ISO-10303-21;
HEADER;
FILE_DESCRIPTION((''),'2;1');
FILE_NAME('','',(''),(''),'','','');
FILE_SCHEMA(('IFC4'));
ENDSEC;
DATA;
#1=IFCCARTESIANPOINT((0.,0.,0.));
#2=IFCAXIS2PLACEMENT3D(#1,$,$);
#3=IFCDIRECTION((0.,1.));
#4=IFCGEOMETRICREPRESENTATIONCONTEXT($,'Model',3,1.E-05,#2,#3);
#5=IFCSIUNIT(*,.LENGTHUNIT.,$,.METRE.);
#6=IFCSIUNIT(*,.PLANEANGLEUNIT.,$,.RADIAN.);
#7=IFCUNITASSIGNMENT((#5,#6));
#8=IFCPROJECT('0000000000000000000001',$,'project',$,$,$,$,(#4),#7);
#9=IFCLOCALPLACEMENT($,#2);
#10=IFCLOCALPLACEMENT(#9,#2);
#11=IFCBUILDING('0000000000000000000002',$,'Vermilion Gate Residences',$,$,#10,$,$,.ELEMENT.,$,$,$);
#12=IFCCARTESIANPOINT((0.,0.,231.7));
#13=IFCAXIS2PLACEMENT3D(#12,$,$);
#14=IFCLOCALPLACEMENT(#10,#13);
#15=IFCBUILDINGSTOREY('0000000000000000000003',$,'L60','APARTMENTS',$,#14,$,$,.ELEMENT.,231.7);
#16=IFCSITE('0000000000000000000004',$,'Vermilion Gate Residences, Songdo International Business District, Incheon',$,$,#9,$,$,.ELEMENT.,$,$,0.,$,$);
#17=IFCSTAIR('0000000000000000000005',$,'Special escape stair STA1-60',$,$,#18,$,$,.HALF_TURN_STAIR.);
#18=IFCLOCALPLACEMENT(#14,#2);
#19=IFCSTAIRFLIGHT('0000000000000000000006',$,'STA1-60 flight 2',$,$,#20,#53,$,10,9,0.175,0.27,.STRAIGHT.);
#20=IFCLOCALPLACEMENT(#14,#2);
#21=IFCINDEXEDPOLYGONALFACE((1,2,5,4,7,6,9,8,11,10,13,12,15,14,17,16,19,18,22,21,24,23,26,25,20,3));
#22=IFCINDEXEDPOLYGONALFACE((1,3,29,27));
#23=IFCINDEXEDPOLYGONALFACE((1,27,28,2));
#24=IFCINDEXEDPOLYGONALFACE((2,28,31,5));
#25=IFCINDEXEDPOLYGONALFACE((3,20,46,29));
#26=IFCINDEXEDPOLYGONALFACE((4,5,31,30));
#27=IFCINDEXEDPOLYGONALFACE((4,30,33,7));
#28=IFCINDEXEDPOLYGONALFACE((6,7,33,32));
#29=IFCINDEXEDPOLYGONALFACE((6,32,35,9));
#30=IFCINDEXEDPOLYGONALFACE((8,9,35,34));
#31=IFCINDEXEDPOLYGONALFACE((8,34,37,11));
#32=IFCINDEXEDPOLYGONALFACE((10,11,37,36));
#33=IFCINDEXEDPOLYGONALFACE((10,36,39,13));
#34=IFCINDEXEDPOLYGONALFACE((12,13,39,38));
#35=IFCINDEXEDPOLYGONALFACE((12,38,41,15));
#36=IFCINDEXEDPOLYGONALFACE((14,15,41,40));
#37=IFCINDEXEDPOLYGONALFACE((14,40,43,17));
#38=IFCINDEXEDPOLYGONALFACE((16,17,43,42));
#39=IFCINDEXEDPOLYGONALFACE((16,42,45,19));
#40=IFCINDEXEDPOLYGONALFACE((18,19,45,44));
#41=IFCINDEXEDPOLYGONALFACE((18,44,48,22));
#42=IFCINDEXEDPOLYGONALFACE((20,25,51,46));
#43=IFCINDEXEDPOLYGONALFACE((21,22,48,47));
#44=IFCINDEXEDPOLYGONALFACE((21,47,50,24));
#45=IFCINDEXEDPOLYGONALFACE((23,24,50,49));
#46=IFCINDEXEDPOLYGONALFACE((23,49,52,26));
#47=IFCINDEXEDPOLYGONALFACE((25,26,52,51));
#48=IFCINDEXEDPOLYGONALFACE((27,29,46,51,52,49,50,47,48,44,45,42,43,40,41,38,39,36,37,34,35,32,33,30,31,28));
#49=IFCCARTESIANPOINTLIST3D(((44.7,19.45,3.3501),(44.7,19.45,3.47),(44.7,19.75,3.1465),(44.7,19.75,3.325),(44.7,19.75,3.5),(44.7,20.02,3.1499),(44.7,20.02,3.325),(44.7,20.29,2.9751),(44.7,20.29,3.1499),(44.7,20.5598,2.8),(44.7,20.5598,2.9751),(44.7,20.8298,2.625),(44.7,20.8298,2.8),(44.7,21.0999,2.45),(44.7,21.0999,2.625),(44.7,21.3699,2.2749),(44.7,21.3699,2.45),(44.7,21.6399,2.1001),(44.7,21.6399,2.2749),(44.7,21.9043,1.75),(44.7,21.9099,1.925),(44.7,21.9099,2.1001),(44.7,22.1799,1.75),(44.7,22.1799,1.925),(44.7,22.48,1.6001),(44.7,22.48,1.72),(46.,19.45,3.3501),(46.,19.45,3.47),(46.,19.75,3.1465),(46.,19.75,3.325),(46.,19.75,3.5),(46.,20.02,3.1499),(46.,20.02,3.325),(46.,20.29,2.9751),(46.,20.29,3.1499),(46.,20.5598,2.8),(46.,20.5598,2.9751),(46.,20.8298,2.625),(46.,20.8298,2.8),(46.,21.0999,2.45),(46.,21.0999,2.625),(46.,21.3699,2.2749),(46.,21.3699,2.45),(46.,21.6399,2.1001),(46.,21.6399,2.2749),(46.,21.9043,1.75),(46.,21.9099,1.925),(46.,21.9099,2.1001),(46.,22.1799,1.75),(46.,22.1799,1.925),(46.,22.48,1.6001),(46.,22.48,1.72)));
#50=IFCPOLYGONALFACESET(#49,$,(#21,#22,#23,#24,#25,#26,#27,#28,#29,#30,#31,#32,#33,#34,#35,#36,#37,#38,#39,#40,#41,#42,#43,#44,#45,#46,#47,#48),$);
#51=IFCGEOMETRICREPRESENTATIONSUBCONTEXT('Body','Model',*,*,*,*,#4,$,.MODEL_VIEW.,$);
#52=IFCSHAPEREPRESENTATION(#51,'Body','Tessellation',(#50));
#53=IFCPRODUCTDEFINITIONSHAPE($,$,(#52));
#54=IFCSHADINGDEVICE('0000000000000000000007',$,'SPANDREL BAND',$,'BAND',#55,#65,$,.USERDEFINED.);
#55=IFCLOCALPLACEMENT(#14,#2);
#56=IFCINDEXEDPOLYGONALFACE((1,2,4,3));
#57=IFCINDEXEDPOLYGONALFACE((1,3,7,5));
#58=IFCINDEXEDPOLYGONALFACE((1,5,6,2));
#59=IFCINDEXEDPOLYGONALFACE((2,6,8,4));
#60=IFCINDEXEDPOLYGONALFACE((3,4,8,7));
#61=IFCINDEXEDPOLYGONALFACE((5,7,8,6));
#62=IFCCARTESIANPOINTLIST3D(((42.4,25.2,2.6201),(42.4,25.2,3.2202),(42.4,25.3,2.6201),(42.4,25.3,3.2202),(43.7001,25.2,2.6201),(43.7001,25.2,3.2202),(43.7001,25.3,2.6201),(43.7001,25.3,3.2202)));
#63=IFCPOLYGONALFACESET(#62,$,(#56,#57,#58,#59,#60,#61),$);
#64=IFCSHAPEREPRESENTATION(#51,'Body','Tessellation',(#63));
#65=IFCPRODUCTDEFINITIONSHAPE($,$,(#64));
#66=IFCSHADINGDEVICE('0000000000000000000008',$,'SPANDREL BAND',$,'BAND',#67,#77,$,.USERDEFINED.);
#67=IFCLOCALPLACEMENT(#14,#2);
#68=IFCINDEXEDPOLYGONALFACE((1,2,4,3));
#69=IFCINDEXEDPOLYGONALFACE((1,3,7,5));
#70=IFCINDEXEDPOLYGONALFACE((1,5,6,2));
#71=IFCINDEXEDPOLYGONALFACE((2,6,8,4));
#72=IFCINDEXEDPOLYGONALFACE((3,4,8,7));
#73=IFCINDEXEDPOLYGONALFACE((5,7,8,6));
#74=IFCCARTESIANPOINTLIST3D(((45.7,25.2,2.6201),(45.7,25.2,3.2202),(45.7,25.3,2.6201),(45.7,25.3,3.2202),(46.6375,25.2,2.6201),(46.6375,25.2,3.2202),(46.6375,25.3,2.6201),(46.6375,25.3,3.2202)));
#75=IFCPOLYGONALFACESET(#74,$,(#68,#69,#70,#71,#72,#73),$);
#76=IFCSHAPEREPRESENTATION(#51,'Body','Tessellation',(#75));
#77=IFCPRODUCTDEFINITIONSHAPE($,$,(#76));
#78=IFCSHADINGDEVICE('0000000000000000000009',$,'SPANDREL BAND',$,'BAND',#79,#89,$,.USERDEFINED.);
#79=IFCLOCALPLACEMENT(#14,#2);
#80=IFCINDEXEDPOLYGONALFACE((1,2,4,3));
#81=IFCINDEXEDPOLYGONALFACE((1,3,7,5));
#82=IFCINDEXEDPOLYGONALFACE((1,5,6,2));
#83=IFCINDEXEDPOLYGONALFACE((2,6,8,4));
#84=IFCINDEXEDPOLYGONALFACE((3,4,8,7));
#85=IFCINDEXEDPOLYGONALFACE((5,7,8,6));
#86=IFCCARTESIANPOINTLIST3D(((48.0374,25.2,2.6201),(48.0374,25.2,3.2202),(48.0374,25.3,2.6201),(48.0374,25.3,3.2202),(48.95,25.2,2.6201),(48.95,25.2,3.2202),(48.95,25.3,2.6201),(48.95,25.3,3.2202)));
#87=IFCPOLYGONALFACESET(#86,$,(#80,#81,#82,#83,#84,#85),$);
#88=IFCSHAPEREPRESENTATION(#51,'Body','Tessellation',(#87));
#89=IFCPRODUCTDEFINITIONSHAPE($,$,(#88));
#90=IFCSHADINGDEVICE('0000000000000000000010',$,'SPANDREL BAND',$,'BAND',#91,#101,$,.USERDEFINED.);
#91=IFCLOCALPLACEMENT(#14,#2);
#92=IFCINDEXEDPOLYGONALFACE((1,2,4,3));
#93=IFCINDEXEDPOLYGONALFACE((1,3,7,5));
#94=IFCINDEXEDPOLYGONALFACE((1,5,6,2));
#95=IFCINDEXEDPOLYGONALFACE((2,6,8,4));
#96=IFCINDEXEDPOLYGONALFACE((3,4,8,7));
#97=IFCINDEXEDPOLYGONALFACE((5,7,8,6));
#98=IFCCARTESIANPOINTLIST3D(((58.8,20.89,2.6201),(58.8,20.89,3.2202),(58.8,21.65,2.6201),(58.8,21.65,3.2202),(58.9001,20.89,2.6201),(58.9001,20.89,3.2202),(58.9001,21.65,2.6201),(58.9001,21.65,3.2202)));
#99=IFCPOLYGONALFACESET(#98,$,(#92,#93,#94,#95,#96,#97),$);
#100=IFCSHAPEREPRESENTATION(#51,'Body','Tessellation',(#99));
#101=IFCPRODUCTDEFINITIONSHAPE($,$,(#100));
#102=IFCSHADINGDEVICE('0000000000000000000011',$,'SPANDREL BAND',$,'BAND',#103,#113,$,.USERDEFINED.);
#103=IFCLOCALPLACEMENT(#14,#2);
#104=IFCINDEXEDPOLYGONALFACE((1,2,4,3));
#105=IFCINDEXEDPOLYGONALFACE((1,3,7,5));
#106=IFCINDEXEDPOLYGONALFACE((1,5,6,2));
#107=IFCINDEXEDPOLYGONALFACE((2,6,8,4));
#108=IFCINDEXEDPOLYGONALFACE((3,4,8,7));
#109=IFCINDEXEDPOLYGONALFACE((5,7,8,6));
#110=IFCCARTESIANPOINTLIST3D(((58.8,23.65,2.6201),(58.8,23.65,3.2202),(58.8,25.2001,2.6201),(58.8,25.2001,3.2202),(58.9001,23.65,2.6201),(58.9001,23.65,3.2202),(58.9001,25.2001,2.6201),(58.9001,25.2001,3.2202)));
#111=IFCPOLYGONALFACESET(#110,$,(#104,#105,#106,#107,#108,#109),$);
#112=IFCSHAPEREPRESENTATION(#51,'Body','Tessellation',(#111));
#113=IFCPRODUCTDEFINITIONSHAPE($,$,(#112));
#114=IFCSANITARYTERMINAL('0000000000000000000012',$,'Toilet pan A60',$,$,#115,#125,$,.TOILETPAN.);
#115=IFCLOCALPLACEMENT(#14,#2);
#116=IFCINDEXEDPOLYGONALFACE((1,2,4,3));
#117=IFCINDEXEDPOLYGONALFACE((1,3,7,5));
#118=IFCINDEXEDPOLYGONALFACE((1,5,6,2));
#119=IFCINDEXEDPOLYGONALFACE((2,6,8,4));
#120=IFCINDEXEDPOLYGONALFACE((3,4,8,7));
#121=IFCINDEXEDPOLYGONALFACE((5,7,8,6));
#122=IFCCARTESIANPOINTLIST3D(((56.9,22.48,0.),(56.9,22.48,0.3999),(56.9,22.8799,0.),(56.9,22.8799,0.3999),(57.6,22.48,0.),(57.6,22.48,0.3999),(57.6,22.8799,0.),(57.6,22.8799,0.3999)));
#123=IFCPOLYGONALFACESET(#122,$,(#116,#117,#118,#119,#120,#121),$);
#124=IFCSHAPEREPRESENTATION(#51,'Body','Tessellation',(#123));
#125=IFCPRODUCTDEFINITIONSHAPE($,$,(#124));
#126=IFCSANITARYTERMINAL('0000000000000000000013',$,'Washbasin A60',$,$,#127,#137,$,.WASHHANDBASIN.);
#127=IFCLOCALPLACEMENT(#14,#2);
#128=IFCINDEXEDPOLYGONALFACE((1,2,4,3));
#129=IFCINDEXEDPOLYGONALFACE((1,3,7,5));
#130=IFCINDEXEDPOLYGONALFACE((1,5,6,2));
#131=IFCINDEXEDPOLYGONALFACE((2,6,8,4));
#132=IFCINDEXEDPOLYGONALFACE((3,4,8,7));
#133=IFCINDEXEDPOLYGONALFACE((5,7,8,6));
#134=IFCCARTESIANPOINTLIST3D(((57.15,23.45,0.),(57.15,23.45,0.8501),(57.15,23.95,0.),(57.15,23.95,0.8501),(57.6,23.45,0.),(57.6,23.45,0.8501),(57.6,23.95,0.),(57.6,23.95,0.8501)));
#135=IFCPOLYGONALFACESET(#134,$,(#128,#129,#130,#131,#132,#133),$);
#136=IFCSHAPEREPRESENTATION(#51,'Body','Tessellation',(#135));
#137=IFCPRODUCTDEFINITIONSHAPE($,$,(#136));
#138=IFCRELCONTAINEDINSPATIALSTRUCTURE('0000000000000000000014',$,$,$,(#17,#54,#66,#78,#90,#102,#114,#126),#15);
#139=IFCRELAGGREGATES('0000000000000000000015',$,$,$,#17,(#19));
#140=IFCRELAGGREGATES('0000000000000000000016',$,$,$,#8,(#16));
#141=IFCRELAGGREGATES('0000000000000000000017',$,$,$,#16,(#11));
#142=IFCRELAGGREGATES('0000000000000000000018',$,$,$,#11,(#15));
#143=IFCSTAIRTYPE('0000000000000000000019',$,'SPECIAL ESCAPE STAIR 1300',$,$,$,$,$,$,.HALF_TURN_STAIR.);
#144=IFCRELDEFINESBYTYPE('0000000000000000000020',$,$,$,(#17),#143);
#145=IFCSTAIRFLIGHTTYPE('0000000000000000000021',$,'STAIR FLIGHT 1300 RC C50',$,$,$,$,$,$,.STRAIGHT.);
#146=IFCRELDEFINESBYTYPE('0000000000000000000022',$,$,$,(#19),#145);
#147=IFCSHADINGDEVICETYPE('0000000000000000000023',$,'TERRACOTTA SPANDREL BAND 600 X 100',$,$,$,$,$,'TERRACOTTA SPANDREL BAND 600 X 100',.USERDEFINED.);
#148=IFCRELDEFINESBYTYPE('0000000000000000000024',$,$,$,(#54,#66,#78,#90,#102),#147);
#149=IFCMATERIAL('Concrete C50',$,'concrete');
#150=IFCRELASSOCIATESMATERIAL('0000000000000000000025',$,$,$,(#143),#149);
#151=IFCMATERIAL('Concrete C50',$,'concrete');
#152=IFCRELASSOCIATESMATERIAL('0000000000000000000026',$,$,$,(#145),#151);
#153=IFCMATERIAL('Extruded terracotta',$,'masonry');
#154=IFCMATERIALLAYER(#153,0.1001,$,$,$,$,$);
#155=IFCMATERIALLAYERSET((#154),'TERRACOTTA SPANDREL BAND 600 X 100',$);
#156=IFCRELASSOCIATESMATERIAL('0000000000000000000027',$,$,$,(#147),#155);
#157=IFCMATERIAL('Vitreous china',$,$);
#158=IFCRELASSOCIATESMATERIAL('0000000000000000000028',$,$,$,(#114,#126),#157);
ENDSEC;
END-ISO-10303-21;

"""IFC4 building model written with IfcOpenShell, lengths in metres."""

from ifc_helpers import new_model, si_unit, direction, frame, origin, origin_2d, place, context, subcontext, project, spatial, polyline, rectangle, outline, extrude, material, layer, layer_set, type_object, element, aggregate, save


model = new_model("IFC4")

# Units and contexts
model_context = context("Model", 3, precision=1e-05, world=origin(), true_north=direction((0.0, 1.0)))
body_context = subcontext(model_context, "Body", "Model", "MODEL_VIEW")
ifc_project = project(units=[si_unit("LENGTHUNIT", "METRE"), si_unit("PLANEANGLEUNIT", "RADIAN")], contexts=[model_context])

# Site, building, storey
site_placement = place(None, origin())
site = spatial("IfcSite", under=ifc_project, at=site_placement, Name="Vermilion Gate Residences, Songdo International Business District, Incheon", CompositionType="ELEMENT", RefElevation=0.0)
building_placement = place(site_placement, origin())
building = spatial("IfcBuilding", under=site, at=building_placement, Name="Vermilion Gate Residences", CompositionType="ELEMENT")
storey_placement = place(building_placement, frame((0.0, 0.0, 231.7)))
storey = spatial("IfcBuildingStorey", under=building, at=storey_placement, Name="L60", Description="APARTMENTS", CompositionType="ELEMENT", Elevation=231.7)

# Stair, stair flight
ifc_material_1 = material(Name="Concrete C50", Category="concrete")
stair_type = type_object("IfcStairType", Name="SPECIAL ESCAPE STAIR 1300", PredefinedType="HALF_TURN_STAIR", material=ifc_material_1)
stair_placement = place(storey_placement, origin())
stair = element("IfcStair", 1, at=stair_placement, inside=storey, type_object=stair_type, Name="Special escape stair STA1-60", PredefinedType="HALF_TURN_STAIR")
ifc_material_2 = material(Name="Concrete C50", Category="concrete")
stair_flight_type = type_object("IfcStairFlightType", Name="STAIR FLIGHT 1300 RC C50", PredefinedType="STRAIGHT", material=ifc_material_2)
stair_flight_placement = place(storey_placement, frame((45.3501, 22.1799, 1.75), z_axis=(0.0, 0.0, 1.0), x_axis=(0.0, -1.0, 0.0)))
stair_flight = element("IfcStairFlight", 2, at=stair_flight_placement, type_object=stair_flight_type, Name="STA1-60 flight 2", NumberOfRisers=10, NumberOfTreads=9, PredefinedType="STRAIGHT", RiserHeight=0.175, TreadLength=0.27, context=body_context, shape_type="SweptSolid", body=[
    extrude(outline(polyline([(-0.3, -0.1499), (-0.3, -0.03), (0.0, 0.0), (0.0, 0.175), (0.27, 0.175), (0.27, 0.3501), (0.54, 0.3501), (0.54, 0.5249), (0.8101, 0.5249), (0.8101, 0.7), (1.0801, 0.7), (1.0801, 0.875), (1.3501, 0.875), (1.3501, 1.05), (1.6201, 1.05), (1.6201, 1.2251), (1.8899, 1.2251), (1.8899, 1.3999), (2.1599, 1.3999), (2.1599, 1.575), (2.4299, 1.575), (2.4299, 1.75), (2.73, 1.72), (2.73, 1.6001), (2.4299, 1.3965), (0.2756, 0.0), (-0.3, -0.1499)])), frame((0.0, 0.6499, 0.0), z_axis=(0.0, -1.0, 0.0), x_axis=(1.0, 0.0, 0.0)), (0.0, 0.0, 1.0), 1.3),
])
aggregate(stair, [stair_flight])

# Shading devices
ifc_material_3 = material(Name="Extruded terracotta", Category="masonry")
ifc_layer_1 = layer(ifc_material_3, 0.1001)
ifc_layer_set_1 = layer_set([ifc_layer_1], Name="TERRACOTTA SPANDREL BAND 600 X 100")
shading_device_type = type_object("IfcShadingDeviceType", Name="TERRACOTTA SPANDREL BAND 600 X 100", ElementType="TERRACOTTA SPANDREL BAND 600 X 100", PredefinedType="USERDEFINED", material=ifc_layer_set_1)
shading_device_1_placement = place(storey_placement, frame((43.05, 25.25, 2.6201), z_axis=(0.0, 0.0, 1.0), x_axis=(1.0, 0.0, 0.0)))
element("IfcShadingDevice", 3, at=shading_device_1_placement, inside=storey, type_object=shading_device_type, Name="SPANDREL BAND", ObjectType="BAND", PredefinedType="USERDEFINED", context=body_context, shape_type="SweptSolid", body=[
    extrude(rectangle(XDim=1.3, YDim=0.1001, at=origin_2d()), origin(), (0.0, 0.0, 1.0), 0.6001),
])
shading_device_2_placement = place(storey_placement, frame((46.1687, 25.25, 2.6201), z_axis=(0.0, 0.0, 1.0), x_axis=(1.0, 0.0, 0.0)))
element("IfcShadingDevice", 4, at=shading_device_2_placement, inside=storey, type_object=shading_device_type, Name="SPANDREL BAND", ObjectType="BAND", PredefinedType="USERDEFINED", context=body_context, shape_type="SweptSolid", body=[
    extrude(rectangle(XDim=0.9375, YDim=0.1001, at=origin_2d()), origin(), (0.0, 0.0, 1.0), 0.6001),
])
shading_device_3_placement = place(storey_placement, frame((48.4937, 25.25, 2.6201), z_axis=(0.0, 0.0, 1.0), x_axis=(1.0, 0.0, 0.0)))
element("IfcShadingDevice", 5, at=shading_device_3_placement, inside=storey, type_object=shading_device_type, Name="SPANDREL BAND", ObjectType="BAND", PredefinedType="USERDEFINED", context=body_context, shape_type="SweptSolid", body=[
    extrude(rectangle(XDim=0.9126, YDim=0.1001, at=origin_2d()), origin(), (0.0, 0.0, 1.0), 0.6001),
])
shading_device_4_placement = place(storey_placement, frame((58.8501, 21.27, 2.6201), z_axis=(0.0, 0.0, 1.0), x_axis=(0.0, 1.0, 0.0)))
element("IfcShadingDevice", 6, at=shading_device_4_placement, inside=storey, type_object=shading_device_type, Name="SPANDREL BAND", ObjectType="BAND", PredefinedType="USERDEFINED", context=body_context, shape_type="SweptSolid", body=[
    extrude(rectangle(XDim=0.76, YDim=0.1001, at=origin_2d()), origin(), (0.0, 0.0, 1.0), 0.6001),
])
shading_device_5_placement = place(storey_placement, frame((58.8501, 24.425, 2.6201), z_axis=(0.0, 0.0, 1.0), x_axis=(0.0, 1.0, 0.0)))
element("IfcShadingDevice", 7, at=shading_device_5_placement, inside=storey, type_object=shading_device_type, Name="SPANDREL BAND", ObjectType="BAND", PredefinedType="USERDEFINED", context=body_context, shape_type="SweptSolid", body=[
    extrude(rectangle(XDim=1.55, YDim=0.1001, at=origin_2d()), origin(), (0.0, 0.0, 1.0), 0.6001),
])

# Sanitary terminals
ifc_material_4 = material(Name="Vitreous china")
sanitary_terminal_1_placement = place(storey_placement, frame((57.25, 22.6799, 0.0), z_axis=(0.0, 0.0, 1.0), x_axis=(1.0, 0.0, 0.0)))
element("IfcSanitaryTerminal", 8, at=sanitary_terminal_1_placement, inside=storey, material=ifc_material_4, Name="Toilet pan A60", PredefinedType="TOILETPAN", context=body_context, shape_type="SweptSolid", body=[
    extrude(rectangle(XDim=0.7, YDim=0.3999, at=origin_2d()), origin(), (0.0, 0.0, 1.0), 0.3999),
])
sanitary_terminal_2_placement = place(storey_placement, frame((57.375, 23.7, 0.0), z_axis=(0.0, 0.0, 1.0), x_axis=(1.0, 0.0, 0.0)))
element("IfcSanitaryTerminal", 9, at=sanitary_terminal_2_placement, inside=storey, material=ifc_material_4, Name="Washbasin A60", PredefinedType="WASHHANDBASIN", context=body_context, shape_type="SweptSolid", body=[
    extrude(rectangle(XDim=0.45, YDim=0.5, at=origin_2d()), origin(), (0.0, 0.0, 1.0), 0.8501),
])

save(model, "model.ifc")
